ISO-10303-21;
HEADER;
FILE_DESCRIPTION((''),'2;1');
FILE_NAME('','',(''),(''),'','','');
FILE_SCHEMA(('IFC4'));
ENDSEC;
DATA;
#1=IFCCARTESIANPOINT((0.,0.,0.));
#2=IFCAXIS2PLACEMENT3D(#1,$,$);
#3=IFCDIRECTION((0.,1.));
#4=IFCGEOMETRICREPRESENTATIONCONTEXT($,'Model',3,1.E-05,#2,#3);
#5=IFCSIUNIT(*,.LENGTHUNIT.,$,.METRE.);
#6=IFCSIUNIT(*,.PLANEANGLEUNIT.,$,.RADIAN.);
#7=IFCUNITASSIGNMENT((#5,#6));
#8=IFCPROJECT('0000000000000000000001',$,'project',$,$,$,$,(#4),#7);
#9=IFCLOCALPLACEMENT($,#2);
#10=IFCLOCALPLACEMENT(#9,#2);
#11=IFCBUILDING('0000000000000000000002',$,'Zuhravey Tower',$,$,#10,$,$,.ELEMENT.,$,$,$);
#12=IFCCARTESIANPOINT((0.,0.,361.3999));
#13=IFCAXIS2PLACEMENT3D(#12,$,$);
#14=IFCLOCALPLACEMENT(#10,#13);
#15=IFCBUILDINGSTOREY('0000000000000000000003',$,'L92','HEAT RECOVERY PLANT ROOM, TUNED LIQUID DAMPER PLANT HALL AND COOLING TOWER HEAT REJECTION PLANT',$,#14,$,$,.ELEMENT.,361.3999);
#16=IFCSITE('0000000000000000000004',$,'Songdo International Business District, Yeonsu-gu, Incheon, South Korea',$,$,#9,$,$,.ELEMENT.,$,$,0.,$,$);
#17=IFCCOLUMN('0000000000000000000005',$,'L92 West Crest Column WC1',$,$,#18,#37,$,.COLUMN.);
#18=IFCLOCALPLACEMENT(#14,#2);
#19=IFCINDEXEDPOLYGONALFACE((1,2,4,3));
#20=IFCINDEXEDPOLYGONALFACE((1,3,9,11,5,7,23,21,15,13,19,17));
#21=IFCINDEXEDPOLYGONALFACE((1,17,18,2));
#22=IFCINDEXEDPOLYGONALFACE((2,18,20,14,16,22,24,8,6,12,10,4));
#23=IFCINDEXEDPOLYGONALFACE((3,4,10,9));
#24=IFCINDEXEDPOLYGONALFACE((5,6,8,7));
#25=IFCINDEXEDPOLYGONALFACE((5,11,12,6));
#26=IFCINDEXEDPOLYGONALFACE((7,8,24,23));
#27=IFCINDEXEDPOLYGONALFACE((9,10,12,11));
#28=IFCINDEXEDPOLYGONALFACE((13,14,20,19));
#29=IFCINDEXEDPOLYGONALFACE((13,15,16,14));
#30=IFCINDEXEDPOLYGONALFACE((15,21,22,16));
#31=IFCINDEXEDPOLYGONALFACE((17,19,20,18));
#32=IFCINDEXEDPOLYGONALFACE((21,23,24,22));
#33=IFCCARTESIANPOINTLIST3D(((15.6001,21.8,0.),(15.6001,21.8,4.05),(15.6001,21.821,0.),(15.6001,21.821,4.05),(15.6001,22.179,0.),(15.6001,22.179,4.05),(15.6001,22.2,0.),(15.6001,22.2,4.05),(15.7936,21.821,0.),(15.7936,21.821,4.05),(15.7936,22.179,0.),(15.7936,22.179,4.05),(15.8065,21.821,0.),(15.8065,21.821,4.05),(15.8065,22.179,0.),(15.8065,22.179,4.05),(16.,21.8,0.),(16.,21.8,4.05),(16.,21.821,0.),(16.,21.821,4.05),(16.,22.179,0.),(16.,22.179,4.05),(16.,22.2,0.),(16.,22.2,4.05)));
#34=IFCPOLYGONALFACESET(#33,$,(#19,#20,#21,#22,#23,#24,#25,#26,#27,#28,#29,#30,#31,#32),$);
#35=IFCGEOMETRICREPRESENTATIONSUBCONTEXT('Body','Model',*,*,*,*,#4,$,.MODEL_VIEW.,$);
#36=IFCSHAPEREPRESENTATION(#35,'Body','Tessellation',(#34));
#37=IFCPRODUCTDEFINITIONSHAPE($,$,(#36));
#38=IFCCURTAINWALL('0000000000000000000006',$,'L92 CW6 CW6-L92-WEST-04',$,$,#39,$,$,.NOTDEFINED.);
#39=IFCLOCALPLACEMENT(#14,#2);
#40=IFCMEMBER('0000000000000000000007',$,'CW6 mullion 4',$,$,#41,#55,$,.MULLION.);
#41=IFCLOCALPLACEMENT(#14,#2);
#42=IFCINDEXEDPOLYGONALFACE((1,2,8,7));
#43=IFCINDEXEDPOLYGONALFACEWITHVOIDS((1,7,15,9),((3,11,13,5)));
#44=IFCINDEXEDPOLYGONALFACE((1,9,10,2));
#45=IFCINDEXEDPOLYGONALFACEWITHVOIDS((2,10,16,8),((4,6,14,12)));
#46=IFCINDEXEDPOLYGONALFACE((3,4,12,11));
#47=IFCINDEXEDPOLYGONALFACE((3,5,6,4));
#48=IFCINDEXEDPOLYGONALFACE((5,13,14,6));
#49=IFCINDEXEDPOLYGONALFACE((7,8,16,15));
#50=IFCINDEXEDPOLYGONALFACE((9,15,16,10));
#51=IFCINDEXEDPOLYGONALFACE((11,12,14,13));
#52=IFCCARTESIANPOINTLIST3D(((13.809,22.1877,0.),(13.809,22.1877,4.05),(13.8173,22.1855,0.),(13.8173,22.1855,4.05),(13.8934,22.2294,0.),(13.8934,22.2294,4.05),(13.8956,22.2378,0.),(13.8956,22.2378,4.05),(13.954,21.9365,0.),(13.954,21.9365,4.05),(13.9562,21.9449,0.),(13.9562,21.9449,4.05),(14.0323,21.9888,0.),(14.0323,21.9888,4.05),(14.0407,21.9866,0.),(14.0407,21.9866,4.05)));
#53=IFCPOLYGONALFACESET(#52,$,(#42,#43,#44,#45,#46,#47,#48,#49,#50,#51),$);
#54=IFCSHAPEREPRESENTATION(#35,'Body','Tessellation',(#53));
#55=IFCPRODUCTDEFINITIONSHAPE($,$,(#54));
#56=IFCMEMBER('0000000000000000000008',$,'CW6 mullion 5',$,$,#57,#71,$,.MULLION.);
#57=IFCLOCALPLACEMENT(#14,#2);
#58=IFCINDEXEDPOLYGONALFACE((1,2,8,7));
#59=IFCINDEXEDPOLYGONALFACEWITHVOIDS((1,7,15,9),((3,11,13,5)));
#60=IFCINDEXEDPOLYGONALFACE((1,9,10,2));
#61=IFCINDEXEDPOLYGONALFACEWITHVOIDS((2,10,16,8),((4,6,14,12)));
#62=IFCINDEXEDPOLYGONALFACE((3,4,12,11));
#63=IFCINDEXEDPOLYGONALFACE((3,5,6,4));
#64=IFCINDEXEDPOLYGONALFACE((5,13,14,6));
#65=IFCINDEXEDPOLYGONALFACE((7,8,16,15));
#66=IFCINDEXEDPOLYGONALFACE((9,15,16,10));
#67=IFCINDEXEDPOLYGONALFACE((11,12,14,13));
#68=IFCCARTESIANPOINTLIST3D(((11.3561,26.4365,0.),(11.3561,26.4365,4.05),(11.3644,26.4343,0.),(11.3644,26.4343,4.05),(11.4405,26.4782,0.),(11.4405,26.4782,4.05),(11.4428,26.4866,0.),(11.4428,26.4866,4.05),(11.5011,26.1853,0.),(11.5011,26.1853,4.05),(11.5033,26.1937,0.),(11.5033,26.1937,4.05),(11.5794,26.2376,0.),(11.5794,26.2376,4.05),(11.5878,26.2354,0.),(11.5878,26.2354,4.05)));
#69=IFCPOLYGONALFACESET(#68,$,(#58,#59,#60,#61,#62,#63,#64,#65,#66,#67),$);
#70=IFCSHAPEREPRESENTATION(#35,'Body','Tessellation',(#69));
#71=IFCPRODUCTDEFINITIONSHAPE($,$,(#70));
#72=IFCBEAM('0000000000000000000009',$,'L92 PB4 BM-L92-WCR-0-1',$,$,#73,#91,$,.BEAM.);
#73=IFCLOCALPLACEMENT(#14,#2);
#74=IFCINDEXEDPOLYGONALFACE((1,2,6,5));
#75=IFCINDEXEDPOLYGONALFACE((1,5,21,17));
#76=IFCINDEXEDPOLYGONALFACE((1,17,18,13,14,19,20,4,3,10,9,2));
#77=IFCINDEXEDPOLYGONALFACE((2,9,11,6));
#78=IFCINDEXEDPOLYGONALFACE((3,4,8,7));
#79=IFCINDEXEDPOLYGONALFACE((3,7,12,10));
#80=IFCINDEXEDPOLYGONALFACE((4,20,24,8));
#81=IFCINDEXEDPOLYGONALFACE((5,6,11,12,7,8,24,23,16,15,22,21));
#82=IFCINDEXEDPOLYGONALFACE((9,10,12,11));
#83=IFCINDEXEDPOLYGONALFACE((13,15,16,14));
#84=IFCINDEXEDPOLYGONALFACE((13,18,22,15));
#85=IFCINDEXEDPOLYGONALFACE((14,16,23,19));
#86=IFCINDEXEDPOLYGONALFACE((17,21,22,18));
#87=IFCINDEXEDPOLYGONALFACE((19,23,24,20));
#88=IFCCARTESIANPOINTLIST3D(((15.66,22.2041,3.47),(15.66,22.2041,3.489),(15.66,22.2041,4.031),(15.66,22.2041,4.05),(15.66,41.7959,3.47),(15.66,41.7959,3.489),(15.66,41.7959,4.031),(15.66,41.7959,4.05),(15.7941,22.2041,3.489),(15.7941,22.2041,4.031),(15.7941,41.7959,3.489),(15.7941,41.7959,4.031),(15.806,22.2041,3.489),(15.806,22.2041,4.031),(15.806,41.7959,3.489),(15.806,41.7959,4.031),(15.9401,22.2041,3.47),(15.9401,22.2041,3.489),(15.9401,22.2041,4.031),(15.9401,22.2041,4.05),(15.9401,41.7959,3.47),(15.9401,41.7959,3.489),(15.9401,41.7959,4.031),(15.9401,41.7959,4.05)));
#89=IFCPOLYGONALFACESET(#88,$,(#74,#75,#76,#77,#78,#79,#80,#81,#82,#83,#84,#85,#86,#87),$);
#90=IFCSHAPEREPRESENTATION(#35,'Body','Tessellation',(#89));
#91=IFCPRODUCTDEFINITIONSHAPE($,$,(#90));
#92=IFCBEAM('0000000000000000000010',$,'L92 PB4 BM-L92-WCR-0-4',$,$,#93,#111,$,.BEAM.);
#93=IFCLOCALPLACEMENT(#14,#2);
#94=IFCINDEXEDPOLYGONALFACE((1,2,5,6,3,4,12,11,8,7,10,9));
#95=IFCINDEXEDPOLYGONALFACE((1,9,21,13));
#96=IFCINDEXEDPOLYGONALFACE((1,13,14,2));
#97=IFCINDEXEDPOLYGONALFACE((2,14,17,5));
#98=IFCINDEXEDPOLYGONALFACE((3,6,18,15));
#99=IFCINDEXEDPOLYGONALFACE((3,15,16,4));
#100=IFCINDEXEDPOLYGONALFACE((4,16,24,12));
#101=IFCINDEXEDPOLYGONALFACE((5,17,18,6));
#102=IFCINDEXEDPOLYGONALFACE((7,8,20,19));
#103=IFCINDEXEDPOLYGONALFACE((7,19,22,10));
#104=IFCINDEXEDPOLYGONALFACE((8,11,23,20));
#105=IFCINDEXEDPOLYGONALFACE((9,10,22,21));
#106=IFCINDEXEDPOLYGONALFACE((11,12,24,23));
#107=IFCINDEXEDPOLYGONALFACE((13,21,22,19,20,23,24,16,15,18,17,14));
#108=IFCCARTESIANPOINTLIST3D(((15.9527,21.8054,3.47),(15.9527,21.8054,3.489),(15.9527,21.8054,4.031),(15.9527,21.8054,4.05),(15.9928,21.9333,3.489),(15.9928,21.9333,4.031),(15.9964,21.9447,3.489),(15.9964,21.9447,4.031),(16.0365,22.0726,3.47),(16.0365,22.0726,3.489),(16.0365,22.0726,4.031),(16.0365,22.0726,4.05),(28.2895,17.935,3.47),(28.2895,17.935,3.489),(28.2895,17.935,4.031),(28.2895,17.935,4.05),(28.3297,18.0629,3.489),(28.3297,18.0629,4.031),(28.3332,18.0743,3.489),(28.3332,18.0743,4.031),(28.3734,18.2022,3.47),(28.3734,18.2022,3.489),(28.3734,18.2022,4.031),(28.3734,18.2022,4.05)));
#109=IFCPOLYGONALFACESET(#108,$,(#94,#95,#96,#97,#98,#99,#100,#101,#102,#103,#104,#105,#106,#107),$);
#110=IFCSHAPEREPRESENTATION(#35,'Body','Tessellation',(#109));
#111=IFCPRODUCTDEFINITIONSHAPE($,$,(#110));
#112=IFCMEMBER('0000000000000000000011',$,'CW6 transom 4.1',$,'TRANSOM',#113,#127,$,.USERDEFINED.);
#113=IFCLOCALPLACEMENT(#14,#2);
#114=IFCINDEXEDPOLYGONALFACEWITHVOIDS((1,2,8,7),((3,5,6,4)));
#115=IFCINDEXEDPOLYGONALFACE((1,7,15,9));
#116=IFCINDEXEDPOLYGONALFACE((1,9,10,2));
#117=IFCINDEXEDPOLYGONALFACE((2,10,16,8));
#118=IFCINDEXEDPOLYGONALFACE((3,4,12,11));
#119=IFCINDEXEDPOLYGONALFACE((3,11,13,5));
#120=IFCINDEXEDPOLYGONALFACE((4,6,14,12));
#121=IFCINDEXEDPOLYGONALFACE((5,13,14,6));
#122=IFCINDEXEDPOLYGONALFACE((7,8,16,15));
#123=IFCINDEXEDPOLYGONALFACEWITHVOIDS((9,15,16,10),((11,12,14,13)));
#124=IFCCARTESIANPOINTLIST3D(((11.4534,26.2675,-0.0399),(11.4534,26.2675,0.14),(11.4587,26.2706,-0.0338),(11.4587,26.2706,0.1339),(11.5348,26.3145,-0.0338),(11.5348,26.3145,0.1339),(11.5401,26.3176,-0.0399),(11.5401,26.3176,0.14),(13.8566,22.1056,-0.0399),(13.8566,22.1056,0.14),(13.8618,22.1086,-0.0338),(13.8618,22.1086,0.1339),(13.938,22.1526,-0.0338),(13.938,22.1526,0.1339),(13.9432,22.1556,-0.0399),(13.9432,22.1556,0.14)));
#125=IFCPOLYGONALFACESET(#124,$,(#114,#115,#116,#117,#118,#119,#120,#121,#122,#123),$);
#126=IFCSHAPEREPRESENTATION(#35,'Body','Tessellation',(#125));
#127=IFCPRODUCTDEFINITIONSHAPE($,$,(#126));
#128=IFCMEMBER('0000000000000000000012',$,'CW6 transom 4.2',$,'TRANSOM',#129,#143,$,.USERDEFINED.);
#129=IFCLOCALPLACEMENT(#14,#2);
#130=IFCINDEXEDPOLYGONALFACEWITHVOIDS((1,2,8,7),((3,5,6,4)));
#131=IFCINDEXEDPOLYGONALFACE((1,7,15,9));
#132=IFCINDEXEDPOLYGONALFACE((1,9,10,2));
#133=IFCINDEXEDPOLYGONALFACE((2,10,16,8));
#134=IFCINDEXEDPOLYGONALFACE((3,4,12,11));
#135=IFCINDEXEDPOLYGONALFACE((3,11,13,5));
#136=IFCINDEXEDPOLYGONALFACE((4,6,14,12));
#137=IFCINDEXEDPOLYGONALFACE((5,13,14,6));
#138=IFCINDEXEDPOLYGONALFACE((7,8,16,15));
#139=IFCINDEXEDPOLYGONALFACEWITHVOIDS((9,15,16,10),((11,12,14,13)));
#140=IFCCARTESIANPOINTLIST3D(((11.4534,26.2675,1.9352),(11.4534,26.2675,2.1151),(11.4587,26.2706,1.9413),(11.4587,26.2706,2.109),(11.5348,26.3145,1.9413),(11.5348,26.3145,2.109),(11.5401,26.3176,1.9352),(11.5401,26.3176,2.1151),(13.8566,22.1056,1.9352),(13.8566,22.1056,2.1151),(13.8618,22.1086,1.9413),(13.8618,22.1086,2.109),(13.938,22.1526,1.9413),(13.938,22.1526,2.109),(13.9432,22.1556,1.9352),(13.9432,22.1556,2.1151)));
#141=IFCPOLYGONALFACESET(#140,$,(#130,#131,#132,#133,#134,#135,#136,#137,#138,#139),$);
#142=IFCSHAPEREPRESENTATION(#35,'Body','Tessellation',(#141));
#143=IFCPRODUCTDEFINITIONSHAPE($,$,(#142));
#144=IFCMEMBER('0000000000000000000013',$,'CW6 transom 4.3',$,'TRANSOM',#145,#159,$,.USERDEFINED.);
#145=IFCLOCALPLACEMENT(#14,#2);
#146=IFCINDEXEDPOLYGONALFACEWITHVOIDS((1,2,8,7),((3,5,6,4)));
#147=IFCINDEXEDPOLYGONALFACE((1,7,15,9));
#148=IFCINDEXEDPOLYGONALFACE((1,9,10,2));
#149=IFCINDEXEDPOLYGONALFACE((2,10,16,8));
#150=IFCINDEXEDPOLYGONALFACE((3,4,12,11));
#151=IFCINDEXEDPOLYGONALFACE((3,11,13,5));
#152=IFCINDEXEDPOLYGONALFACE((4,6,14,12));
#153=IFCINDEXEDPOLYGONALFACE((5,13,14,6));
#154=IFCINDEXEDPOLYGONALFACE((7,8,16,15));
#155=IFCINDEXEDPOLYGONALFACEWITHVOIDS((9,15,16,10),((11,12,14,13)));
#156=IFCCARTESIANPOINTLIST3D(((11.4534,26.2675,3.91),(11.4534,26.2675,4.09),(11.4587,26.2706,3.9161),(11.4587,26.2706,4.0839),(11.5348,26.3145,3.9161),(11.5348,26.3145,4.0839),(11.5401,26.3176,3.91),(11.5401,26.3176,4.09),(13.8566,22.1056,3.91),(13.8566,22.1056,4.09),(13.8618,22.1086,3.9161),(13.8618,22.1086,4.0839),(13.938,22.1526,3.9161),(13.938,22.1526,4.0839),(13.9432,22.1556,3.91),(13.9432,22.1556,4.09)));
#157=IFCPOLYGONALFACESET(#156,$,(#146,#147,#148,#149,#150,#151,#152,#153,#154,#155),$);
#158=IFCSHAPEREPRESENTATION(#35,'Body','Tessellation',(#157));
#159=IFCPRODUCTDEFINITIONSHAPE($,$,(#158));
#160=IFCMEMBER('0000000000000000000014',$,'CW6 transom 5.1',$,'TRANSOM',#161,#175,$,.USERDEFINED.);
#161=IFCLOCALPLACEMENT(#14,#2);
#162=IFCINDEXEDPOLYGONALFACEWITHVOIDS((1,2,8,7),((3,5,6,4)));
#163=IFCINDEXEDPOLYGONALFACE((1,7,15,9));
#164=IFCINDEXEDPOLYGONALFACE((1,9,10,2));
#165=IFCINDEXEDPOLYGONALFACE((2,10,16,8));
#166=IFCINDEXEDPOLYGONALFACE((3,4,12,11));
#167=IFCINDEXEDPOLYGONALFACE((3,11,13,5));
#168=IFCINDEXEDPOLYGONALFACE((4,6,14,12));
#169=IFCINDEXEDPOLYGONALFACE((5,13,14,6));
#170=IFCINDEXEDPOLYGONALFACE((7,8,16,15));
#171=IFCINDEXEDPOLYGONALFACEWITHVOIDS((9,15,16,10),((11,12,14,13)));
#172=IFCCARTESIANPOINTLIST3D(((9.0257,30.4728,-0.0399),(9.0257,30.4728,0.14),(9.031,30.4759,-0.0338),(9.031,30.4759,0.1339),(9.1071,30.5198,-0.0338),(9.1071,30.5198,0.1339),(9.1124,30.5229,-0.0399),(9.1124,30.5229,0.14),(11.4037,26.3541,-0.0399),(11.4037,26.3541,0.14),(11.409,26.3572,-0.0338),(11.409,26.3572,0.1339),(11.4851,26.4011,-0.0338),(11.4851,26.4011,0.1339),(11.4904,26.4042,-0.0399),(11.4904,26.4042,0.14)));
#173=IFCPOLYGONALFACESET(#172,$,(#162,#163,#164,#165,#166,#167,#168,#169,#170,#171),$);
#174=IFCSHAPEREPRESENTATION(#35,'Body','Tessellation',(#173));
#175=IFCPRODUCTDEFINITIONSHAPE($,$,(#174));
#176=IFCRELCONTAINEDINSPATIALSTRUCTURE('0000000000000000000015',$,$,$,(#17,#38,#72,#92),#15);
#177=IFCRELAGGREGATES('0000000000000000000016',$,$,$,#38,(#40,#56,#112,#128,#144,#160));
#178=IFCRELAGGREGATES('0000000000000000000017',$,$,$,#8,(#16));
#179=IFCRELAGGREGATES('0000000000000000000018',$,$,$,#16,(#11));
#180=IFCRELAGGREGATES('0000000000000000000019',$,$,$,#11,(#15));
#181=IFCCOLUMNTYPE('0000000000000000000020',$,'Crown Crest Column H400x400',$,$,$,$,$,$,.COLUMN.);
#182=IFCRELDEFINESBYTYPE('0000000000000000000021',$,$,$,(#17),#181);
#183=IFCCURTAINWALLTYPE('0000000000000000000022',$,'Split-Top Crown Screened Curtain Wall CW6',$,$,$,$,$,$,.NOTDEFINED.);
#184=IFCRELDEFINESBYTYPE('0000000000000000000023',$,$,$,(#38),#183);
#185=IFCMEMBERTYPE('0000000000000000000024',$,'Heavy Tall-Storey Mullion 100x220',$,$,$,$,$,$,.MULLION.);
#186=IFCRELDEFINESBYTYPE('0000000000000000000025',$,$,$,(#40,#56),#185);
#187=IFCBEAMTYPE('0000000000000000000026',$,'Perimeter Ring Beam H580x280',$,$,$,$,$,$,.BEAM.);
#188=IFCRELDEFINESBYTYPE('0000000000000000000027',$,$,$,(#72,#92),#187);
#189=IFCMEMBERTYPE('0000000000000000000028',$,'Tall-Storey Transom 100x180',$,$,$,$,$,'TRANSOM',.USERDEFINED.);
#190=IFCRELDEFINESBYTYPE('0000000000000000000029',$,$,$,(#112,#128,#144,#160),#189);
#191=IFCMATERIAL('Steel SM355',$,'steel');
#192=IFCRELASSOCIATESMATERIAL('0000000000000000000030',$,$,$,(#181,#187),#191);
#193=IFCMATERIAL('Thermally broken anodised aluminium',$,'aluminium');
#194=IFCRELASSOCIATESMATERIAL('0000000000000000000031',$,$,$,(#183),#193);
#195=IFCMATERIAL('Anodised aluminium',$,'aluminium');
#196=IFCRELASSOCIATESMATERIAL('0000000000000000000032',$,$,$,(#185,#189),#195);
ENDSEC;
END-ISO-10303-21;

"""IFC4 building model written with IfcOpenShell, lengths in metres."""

from ifc_helpers import new_model, si_unit, direction, frame, origin, origin_2d, place, context, subcontext, project, spatial, hollow_rectangle, i_section, extrude, material, material_profile, profile_set, type_object, element, aggregate, save


model = new_model("IFC4")

# Units and contexts
model_context = context("Model", 3, precision=1e-05, world=origin(), true_north=direction((0.0, 1.0)))
body_context = subcontext(model_context, "Body", "Model", "MODEL_VIEW")
ifc_project = project(units=[si_unit("LENGTHUNIT", "METRE"), si_unit("PLANEANGLEUNIT", "RADIAN")], contexts=[model_context])

# Site, building, storey
site_placement = place(None, origin())
site = spatial("IfcSite", under=ifc_project, at=site_placement, Name="Songdo International Business District, Yeonsu-gu, Incheon, South Korea", CompositionType="ELEMENT", RefElevation=0.0)
building_placement = place(site_placement, origin())
building = spatial("IfcBuilding", under=site, at=building_placement, Name="Zuhravey Tower", CompositionType="ELEMENT")
storey_placement = place(building_placement, frame((0.0, 0.0, 361.3999)))
storey = spatial("IfcBuildingStorey", under=building, at=storey_placement, Name="L92", Description="HEAT RECOVERY PLANT ROOM, TUNED LIQUID DAMPER PLANT HALL AND COOLING TOWER HEAT REJECTION PLANT", CompositionType="ELEMENT", Elevation=361.3999)

# Column
ifc_material_1 = material(Name="Steel SM355", Category="steel")
ifc_material_profile_1 = material_profile(ifc_material_1, i_section(OverallWidth=0.3999, OverallDepth=0.3999, WebThickness=0.0129, FlangeThickness=0.021, at=origin_2d()), Name="H-400x400x13x21")
ifc_profile_set_1 = profile_set([ifc_material_profile_1], Name="Steel SM355")
column_type = type_object("IfcColumnType", Name="Crown Crest Column H400x400", PredefinedType="COLUMN", material=ifc_profile_set_1)
column_placement = place(storey_placement, frame((15.8, 22.0, 0.0), z_axis=(0.0, 0.0, 1.0), x_axis=(1.0, 0.0, 0.0)))
element("IfcColumn", 1, at=column_placement, inside=storey, type_object=column_type, Name="L92 West Crest Column WC1", PredefinedType="COLUMN", context=body_context, shape_type="SweptSolid", body=[
    extrude(i_section(OverallWidth=0.3999, OverallDepth=0.3999, WebThickness=0.0129, FlangeThickness=0.021, at=origin_2d()), origin(), (0.0, 0.0, 1.0), 4.05),
])

# Curtain wall, members
ifc_material_2 = material(Name="Thermally broken anodised aluminium", Category="aluminium")
curtain_wall_type = type_object("IfcCurtainWallType", Name="Split-Top Crown Screened Curtain Wall CW6", PredefinedType="NOTDEFINED", material=ifc_material_2)
curtain_wall_placement = place(storey_placement, origin())
curtain_wall = element("IfcCurtainWall", 2, at=curtain_wall_placement, inside=storey, type_object=curtain_wall_type, Name="L92 CW6 CW6-L92-WEST-04", PredefinedType="NOTDEFINED")
ifc_material_3 = material(Name="Anodised aluminium", Category="aluminium")
ifc_material_profile_2 = material_profile(ifc_material_3, hollow_rectangle(XDim=0.1001, YDim=0.29, WallThickness=0.0061, at=origin_2d()), Name="ALU-RHS-100x290x6")
ifc_profile_set_2 = profile_set([ifc_material_profile_2], Name="Anodised aluminium")
member_type_1 = type_object("IfcMemberType", Name="Heavy Tall-Storey Mullion 100x220", PredefinedType="MULLION", material=ifc_profile_set_2)
member_1_placement = place(storey_placement, frame((13.9248, 22.0872, 0.0), z_axis=(0.0, 0.0, 1.0), x_axis=(-0.866027, -0.499997, 0.0)))
member_1 = element("IfcMember", 3, at=member_1_placement, type_object=member_type_1, Name="CW6 mullion 4", PredefinedType="MULLION", context=body_context, shape_type="SweptSolid", body=[
    extrude(hollow_rectangle(XDim=0.1001, YDim=0.29, WallThickness=0.0061, at=origin_2d()), origin(), (0.0, 0.0, 1.0), 4.05),
])
member_2_placement = place(storey_placement, frame((11.4719, 26.3359, 0.0), z_axis=(0.0, 0.0, 1.0), x_axis=(-0.866027, -0.499997, 0.0)))
member_2 = element("IfcMember", 4, at=member_2_placement, type_object=member_type_1, Name="CW6 mullion 5", PredefinedType="MULLION", context=body_context, shape_type="SweptSolid", body=[
    extrude(hollow_rectangle(XDim=0.1001, YDim=0.29, WallThickness=0.0061, at=origin_2d()), origin(), (0.0, 0.0, 1.0), 4.05),
])

# Beams
ifc_material_profile_3 = material_profile(ifc_material_1, i_section(OverallWidth=0.28, OverallDepth=0.5801, WebThickness=0.012, FlangeThickness=0.019, at=origin_2d()), Name="H-580x280x12x19")
ifc_profile_set_3 = profile_set([ifc_material_profile_3], Name="Steel SM355")
beam_type = type_object("IfcBeamType", Name="Perimeter Ring Beam H580x280", PredefinedType="BEAM", material=ifc_profile_set_3)
beam_1_placement = place(storey_placement, frame((15.8, 22.2041, 3.76), z_axis=(0.0, 1.0, 0.0), x_axis=(-1.0, 0.0, 0.0)))
element("IfcBeam", 5, at=beam_1_placement, inside=storey, type_object=beam_type, Name="L92 PB4 BM-L92-WCR-0-1", PredefinedType="BEAM", context=body_context, shape_type="SweptSolid", body=[
    extrude(i_section(OverallWidth=0.28, OverallDepth=0.5801, WebThickness=0.012, FlangeThickness=0.019, at=origin_2d()), origin(), (0.0, 0.0, 1.0), 19.5918),
])
beam_2_placement = place(storey_placement, frame((15.9946, 21.939, 3.76), z_axis=(0.954147, -0.299337, 0.0), x_axis=(0.299337, 0.954147, 0.0)))
element("IfcBeam", 6, at=beam_2_placement, inside=storey, type_object=beam_type, Name="L92 PB4 BM-L92-WCR-0-4", PredefinedType="BEAM", context=body_context, shape_type="SweptSolid", body=[
    extrude(i_section(OverallWidth=0.28, OverallDepth=0.5801, WebThickness=0.012, FlangeThickness=0.019, at=origin_2d()), origin(), (0.0, 0.0, 1.0), 12.9297),
])

# Members
ifc_material_profile_4 = material_profile(ifc_material_3, hollow_rectangle(XDim=0.1001, YDim=0.1799, WallThickness=0.0061, at=origin_2d()), Name="ALU-RHS-100x180x6")
ifc_profile_set_4 = profile_set([ifc_material_profile_4], Name="Anodised aluminium")
member_type_2 = type_object("IfcMemberType", Name="Tall-Storey Transom 100x180", ElementType="TRANSOM", PredefinedType="USERDEFINED", material=ifc_profile_set_4)
member_3_placement = place(storey_placement, frame((13.8999, 22.1306, 0.05), z_axis=(-0.500035, 0.866005, 0.0), x_axis=(-0.866005, -0.500035, 0.0)))
member_3 = element("IfcMember", 7, at=member_3_placement, type_object=member_type_2, Name="CW6 transom 4.1", ObjectType="TRANSOM", PredefinedType="USERDEFINED", context=body_context, shape_type="SweptSolid", body=[
    extrude(hollow_rectangle(XDim=0.1001, YDim=0.1799, WallThickness=0.0061, at=origin_2d()), origin(), (0.0, 0.0, 1.0), 4.8059),
])
member_4_placement = place(storey_placement, frame((13.8999, 22.1306, 2.0251), z_axis=(-0.500035, 0.866005, 0.0), x_axis=(-0.866005, -0.500035, 0.0)))
member_4 = element("IfcMember", 8, at=member_4_placement, type_object=member_type_2, Name="CW6 transom 4.2", ObjectType="TRANSOM", PredefinedType="USERDEFINED", context=body_context, shape_type="SweptSolid", body=[
    extrude(hollow_rectangle(XDim=0.1001, YDim=0.1799, WallThickness=0.0061, at=origin_2d()), origin(), (0.0, 0.0, 1.0), 4.8059),
])
member_5_placement = place(storey_placement, frame((13.8999, 22.1306, 4.0), z_axis=(-0.500035, 0.866005, 0.0), x_axis=(-0.866005, -0.500035, 0.0)))
member_5 = element("IfcMember", 9, at=member_5_placement, type_object=member_type_2, Name="CW6 transom 4.3", ObjectType="TRANSOM", PredefinedType="USERDEFINED", context=body_context, shape_type="SweptSolid", body=[
    extrude(hollow_rectangle(XDim=0.1001, YDim=0.1799, WallThickness=0.0061, at=origin_2d()), origin(), (0.0, 0.0, 1.0), 4.8059),
])
member_6_placement = place(storey_placement, frame((11.447, 26.3792, 0.05), z_axis=(-0.500004, 0.866023, 0.0), x_axis=(-0.866023, -0.500004, 0.0)))
member_6 = element("IfcMember", 10, at=member_6_placement, type_object=member_type_2, Name="CW6 transom 5.1", ObjectType="TRANSOM", PredefinedType="USERDEFINED", context=body_context, shape_type="SweptSolid", body=[
    extrude(hollow_rectangle(XDim=0.1001, YDim=0.1799, WallThickness=0.0061, at=origin_2d()), origin(), (0.0, 0.0, 1.0), 4.7559),
])

aggregate(curtain_wall, [member_1, member_2, member_3, member_4, member_5, member_6])

save(model, "model.ifc")
